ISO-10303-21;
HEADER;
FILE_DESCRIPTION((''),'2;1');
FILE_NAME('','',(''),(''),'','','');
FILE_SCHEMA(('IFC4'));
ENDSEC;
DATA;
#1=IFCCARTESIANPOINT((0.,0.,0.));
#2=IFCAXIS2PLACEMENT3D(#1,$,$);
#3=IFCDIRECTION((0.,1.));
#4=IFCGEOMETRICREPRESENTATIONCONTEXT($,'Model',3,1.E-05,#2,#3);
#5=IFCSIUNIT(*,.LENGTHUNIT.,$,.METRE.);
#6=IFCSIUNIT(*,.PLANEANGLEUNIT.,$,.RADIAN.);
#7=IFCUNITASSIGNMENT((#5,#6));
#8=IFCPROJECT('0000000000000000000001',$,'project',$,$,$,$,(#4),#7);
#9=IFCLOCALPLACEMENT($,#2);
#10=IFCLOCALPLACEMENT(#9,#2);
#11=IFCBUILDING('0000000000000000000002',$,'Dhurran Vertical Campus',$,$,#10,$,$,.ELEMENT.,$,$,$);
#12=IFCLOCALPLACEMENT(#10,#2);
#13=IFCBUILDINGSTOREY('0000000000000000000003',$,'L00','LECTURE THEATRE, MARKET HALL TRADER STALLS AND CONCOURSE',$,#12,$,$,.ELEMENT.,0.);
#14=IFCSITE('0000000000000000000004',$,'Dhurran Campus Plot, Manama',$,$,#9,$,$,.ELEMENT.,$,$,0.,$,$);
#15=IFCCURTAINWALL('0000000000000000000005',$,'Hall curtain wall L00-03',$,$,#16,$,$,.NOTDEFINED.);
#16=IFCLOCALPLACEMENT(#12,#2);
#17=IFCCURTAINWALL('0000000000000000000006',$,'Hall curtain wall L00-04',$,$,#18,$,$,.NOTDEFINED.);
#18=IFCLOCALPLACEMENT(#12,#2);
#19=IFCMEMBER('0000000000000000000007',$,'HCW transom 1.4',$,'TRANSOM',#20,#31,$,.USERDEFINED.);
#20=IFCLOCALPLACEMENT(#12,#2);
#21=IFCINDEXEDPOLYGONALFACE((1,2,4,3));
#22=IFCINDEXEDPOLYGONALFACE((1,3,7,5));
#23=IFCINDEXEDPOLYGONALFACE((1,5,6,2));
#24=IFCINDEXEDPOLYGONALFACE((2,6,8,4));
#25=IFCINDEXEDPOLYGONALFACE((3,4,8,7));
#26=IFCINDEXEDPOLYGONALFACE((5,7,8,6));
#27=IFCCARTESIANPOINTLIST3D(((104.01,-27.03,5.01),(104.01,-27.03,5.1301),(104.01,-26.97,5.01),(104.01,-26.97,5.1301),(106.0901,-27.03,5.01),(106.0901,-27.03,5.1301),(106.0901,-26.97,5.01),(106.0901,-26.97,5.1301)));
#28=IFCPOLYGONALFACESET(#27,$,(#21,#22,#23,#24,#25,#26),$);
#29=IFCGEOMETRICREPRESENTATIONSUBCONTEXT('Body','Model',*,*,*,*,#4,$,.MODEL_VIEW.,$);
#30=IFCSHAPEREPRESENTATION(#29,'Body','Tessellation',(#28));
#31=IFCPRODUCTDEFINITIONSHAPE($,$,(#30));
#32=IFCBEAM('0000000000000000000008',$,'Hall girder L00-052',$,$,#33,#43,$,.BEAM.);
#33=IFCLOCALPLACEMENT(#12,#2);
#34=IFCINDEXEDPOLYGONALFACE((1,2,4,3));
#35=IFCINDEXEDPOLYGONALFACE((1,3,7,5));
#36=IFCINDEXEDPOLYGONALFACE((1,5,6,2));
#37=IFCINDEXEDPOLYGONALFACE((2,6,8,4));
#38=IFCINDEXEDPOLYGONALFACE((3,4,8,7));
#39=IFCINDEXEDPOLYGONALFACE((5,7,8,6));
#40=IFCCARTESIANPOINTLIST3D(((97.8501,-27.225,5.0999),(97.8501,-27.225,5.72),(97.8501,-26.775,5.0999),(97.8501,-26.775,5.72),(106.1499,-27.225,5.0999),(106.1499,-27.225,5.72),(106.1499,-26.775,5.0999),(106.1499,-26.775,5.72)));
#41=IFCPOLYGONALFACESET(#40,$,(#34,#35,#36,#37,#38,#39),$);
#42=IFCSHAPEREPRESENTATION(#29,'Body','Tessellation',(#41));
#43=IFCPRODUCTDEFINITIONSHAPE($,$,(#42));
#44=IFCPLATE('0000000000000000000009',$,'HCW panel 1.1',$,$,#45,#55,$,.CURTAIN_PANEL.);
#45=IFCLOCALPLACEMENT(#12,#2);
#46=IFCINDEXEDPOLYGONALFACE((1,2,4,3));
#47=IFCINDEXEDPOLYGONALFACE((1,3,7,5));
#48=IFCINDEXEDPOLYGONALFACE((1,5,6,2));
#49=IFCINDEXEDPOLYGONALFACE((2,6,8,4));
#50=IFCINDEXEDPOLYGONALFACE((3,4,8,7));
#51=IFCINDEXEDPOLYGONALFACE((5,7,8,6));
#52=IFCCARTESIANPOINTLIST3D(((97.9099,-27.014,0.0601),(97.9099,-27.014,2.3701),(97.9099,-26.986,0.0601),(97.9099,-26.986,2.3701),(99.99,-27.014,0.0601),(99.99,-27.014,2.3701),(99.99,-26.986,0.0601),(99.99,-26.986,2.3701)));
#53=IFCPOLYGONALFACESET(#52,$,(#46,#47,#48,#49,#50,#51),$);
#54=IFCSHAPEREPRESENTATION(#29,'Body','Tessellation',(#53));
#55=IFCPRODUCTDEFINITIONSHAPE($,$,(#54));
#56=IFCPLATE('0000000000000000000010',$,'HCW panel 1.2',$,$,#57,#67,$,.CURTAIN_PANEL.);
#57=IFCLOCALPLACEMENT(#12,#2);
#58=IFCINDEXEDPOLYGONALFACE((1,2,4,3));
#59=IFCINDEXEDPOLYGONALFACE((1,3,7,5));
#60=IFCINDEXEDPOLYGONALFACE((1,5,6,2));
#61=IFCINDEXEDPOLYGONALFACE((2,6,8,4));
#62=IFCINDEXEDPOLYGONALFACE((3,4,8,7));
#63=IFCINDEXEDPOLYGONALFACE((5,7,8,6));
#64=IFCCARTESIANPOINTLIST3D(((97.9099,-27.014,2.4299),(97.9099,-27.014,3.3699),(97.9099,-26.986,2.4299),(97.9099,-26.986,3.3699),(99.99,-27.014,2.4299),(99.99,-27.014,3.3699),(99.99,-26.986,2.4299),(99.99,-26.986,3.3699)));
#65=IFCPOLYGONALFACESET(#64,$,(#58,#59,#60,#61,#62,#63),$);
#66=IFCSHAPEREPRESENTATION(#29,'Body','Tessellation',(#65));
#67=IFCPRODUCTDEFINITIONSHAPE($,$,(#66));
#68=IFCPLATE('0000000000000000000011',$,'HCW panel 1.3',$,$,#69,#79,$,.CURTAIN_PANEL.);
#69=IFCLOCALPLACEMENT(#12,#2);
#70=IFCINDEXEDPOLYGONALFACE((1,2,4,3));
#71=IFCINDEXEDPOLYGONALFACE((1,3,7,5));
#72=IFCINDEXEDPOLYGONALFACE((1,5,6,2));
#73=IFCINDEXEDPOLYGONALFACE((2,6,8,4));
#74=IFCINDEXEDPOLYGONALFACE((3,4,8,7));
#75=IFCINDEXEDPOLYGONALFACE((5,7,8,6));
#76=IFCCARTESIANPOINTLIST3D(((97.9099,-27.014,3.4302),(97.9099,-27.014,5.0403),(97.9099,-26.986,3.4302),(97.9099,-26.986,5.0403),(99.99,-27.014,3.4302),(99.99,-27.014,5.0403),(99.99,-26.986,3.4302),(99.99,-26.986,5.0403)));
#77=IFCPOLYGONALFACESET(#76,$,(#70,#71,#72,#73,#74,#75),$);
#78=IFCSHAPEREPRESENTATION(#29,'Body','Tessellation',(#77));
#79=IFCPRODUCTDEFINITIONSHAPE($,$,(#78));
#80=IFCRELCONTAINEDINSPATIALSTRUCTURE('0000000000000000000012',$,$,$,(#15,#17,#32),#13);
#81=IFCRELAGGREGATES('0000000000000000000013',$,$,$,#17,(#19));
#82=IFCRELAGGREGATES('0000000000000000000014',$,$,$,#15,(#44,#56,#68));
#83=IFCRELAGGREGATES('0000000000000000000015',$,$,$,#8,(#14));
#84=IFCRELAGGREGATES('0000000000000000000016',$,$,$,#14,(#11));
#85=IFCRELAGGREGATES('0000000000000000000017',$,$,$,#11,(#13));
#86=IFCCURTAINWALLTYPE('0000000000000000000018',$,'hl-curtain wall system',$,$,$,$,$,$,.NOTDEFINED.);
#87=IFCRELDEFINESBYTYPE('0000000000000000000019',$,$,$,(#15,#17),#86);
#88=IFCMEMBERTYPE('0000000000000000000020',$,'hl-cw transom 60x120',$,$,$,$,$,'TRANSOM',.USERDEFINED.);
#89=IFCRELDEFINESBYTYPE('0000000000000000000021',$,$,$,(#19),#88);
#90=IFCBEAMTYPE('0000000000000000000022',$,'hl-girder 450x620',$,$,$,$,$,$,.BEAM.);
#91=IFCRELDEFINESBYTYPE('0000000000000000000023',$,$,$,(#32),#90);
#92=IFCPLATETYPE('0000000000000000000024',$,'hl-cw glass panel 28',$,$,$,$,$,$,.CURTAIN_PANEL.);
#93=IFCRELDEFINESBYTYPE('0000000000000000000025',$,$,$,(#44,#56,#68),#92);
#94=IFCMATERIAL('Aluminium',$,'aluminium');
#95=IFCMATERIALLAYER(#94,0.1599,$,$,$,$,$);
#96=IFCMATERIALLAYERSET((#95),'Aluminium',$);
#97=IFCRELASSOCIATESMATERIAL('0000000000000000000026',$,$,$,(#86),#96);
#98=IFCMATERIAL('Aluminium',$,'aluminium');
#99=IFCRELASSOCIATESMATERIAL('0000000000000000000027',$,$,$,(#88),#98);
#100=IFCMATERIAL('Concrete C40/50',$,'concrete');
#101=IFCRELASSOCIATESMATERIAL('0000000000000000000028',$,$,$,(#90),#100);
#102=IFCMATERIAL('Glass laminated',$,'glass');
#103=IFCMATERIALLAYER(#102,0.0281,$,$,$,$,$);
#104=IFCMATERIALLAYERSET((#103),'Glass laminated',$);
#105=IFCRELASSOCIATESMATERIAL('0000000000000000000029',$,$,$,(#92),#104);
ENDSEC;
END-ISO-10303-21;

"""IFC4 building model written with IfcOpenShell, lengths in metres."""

from ifc_helpers import new_model, si_unit, direction, frame, origin, origin_2d, place, context, subcontext, project, spatial, rectangle, extrude, material, layer, layer_set, material_profile, profile_set, type_object, element, aggregate, save


model = new_model("IFC4")

# Units and contexts
model_context = context("Model", 3, precision=1e-05, world=origin(), true_north=direction((0.0, 1.0)))
body_context = subcontext(model_context, "Body", "Model", "MODEL_VIEW")
ifc_project = project(units=[si_unit("LENGTHUNIT", "METRE"), si_unit("PLANEANGLEUNIT", "RADIAN")], contexts=[model_context])

# Site, building, storey
site_placement = place(None, origin())
site = spatial("IfcSite", under=ifc_project, at=site_placement, Name="Dhurran Campus Plot, Manama", CompositionType="ELEMENT", RefElevation=0.0)
building_placement = place(site_placement, origin())
building = spatial("IfcBuilding", under=site, at=building_placement, Name="Dhurran Vertical Campus", CompositionType="ELEMENT")
storey_placement = place(building_placement, origin())
storey = spatial("IfcBuildingStorey", under=building, at=storey_placement, Name="L00", Description="LECTURE THEATRE, MARKET HALL TRADER STALLS AND CONCOURSE", CompositionType="ELEMENT", Elevation=0.0)

# Shared definitions
ifc_material_1 = material(Name="Aluminium", Category="aluminium")
ifc_layer_1 = layer(ifc_material_1, 0.1599)
ifc_layer_set_1 = layer_set([ifc_layer_1], Name="Aluminium")
curtain_wall_type = type_object("IfcCurtainWallType", Name="hl-curtain wall system", PredefinedType="NOTDEFINED", material=ifc_layer_set_1)

# Curtain wall
curtain_wall_1_placement = place(storey_placement, origin())
curtain_wall_1 = element("IfcCurtainWall", 1, at=curtain_wall_1_placement, inside=storey, type_object=curtain_wall_type, Name="Hall curtain wall L00-03", PredefinedType="NOTDEFINED")

# Curtain wall
curtain_wall_2_placement = place(storey_placement, origin())
curtain_wall_2 = element("IfcCurtainWall", 2, at=curtain_wall_2_placement, inside=storey, type_object=curtain_wall_type, Name="Hall curtain wall L00-04", PredefinedType="NOTDEFINED")

# Member
ifc_material_2 = material(Name="Aluminium", Category="aluminium")
ifc_material_profile_1 = material_profile(ifc_material_2, rectangle(XDim=0.0601, YDim=0.1201, at=origin_2d()), Name="hl-cw transom 60x120")
ifc_profile_set_1 = profile_set([ifc_material_profile_1], Name="Aluminium")
member_type_1 = type_object("IfcMemberType", Name="hl-cw transom 60x120", ElementType="TRANSOM", PredefinedType="USERDEFINED", material=ifc_profile_set_1)
member_1_placement = place(storey_placement, frame((104.01, -27.0, 5.0701), z_axis=(1.0, 0.0, 0.0), x_axis=(0.0, 1.0, 0.0)))
member_1 = element("IfcMember", 3, at=member_1_placement, type_object=member_type_1, Name="HCW transom 1.4", ObjectType="TRANSOM", PredefinedType="USERDEFINED", context=body_context, shape_type="SweptSolid", body=[
    extrude(rectangle(XDim=0.0601, YDim=0.1201, at=origin_2d()), origin(), (0.0, 0.0, 1.0), 2.0801),
])
aggregate(curtain_wall_2, [member_1])

# Beam
ifc_material_3 = material(Name="Concrete C40/50", Category="concrete")
ifc_material_profile_2 = material_profile(ifc_material_3, rectangle(XDim=0.45, YDim=0.6201, at=origin_2d()), Name="hl-girder 450x620")
ifc_profile_set_2 = profile_set([ifc_material_profile_2], Name="Concrete C40/50")
beam_type = type_object("IfcBeamType", Name="hl-girder 450x620", PredefinedType="BEAM", material=ifc_profile_set_2)
beam_placement = place(storey_placement, frame((97.8501, -27.0, 5.4099), z_axis=(1.0, 0.0, 0.0), x_axis=(0.0, 1.0, 0.0)))
element("IfcBeam", 4, at=beam_placement, inside=storey, type_object=beam_type, Name="Hall girder L00-052", PredefinedType="BEAM", context=body_context, shape_type="SweptSolid", body=[
    extrude(rectangle(XDim=0.45, YDim=0.6201, at=origin_2d()), origin(), (0.0, 0.0, 1.0), 8.2998),
])

# Plates
ifc_material_4 = material(Name="Glass laminated", Category="glass")
ifc_layer_2 = layer(ifc_material_4, 0.0281)
ifc_layer_set_2 = layer_set([ifc_layer_2], Name="Glass laminated")
plate_type = type_object("IfcPlateType", Name="hl-cw glass panel 28", PredefinedType="CURTAIN_PANEL", material=ifc_layer_set_2)
plate_1_placement = place(storey_placement, frame((98.95, -27.0, 0.0601), z_axis=(0.0, 0.0, 1.0), x_axis=(1.0, 0.0, 0.0)))
plate_1 = element("IfcPlate", 5, at=plate_1_placement, type_object=plate_type, Name="HCW panel 1.1", PredefinedType="CURTAIN_PANEL", context=body_context, shape_type="SweptSolid", body=[
    extrude(rectangle(XDim=2.0801, YDim=0.0281, at=origin_2d()), origin(), (0.0, 0.0, 1.0), 2.3101),
])
plate_2_placement = place(storey_placement, frame((98.95, -27.0, 2.4299), z_axis=(0.0, 0.0, 1.0), x_axis=(1.0, 0.0, 0.0)))
plate_2 = element("IfcPlate", 6, at=plate_2_placement, type_object=plate_type, Name="HCW panel 1.2", PredefinedType="CURTAIN_PANEL", context=body_context, shape_type="SweptSolid", body=[
    extrude(rectangle(XDim=2.0801, YDim=0.0281, at=origin_2d()), origin(), (0.0, 0.0, 1.0), 0.9399),
])
plate_3_placement = place(storey_placement, frame((98.95, -27.0, 3.4302), z_axis=(0.0, 0.0, 1.0), x_axis=(1.0, 0.0, 0.0)))
plate_3 = element("IfcPlate", 7, at=plate_3_placement, type_object=plate_type, Name="HCW panel 1.3", PredefinedType="CURTAIN_PANEL", context=body_context, shape_type="SweptSolid", body=[
    extrude(rectangle(XDim=2.0801, YDim=0.0281, at=origin_2d()), origin(), (0.0, 0.0, 1.0), 1.6101),
])
aggregate(curtain_wall_1, [plate_1, plate_2, plate_3])

save(model, "model.ifc")
